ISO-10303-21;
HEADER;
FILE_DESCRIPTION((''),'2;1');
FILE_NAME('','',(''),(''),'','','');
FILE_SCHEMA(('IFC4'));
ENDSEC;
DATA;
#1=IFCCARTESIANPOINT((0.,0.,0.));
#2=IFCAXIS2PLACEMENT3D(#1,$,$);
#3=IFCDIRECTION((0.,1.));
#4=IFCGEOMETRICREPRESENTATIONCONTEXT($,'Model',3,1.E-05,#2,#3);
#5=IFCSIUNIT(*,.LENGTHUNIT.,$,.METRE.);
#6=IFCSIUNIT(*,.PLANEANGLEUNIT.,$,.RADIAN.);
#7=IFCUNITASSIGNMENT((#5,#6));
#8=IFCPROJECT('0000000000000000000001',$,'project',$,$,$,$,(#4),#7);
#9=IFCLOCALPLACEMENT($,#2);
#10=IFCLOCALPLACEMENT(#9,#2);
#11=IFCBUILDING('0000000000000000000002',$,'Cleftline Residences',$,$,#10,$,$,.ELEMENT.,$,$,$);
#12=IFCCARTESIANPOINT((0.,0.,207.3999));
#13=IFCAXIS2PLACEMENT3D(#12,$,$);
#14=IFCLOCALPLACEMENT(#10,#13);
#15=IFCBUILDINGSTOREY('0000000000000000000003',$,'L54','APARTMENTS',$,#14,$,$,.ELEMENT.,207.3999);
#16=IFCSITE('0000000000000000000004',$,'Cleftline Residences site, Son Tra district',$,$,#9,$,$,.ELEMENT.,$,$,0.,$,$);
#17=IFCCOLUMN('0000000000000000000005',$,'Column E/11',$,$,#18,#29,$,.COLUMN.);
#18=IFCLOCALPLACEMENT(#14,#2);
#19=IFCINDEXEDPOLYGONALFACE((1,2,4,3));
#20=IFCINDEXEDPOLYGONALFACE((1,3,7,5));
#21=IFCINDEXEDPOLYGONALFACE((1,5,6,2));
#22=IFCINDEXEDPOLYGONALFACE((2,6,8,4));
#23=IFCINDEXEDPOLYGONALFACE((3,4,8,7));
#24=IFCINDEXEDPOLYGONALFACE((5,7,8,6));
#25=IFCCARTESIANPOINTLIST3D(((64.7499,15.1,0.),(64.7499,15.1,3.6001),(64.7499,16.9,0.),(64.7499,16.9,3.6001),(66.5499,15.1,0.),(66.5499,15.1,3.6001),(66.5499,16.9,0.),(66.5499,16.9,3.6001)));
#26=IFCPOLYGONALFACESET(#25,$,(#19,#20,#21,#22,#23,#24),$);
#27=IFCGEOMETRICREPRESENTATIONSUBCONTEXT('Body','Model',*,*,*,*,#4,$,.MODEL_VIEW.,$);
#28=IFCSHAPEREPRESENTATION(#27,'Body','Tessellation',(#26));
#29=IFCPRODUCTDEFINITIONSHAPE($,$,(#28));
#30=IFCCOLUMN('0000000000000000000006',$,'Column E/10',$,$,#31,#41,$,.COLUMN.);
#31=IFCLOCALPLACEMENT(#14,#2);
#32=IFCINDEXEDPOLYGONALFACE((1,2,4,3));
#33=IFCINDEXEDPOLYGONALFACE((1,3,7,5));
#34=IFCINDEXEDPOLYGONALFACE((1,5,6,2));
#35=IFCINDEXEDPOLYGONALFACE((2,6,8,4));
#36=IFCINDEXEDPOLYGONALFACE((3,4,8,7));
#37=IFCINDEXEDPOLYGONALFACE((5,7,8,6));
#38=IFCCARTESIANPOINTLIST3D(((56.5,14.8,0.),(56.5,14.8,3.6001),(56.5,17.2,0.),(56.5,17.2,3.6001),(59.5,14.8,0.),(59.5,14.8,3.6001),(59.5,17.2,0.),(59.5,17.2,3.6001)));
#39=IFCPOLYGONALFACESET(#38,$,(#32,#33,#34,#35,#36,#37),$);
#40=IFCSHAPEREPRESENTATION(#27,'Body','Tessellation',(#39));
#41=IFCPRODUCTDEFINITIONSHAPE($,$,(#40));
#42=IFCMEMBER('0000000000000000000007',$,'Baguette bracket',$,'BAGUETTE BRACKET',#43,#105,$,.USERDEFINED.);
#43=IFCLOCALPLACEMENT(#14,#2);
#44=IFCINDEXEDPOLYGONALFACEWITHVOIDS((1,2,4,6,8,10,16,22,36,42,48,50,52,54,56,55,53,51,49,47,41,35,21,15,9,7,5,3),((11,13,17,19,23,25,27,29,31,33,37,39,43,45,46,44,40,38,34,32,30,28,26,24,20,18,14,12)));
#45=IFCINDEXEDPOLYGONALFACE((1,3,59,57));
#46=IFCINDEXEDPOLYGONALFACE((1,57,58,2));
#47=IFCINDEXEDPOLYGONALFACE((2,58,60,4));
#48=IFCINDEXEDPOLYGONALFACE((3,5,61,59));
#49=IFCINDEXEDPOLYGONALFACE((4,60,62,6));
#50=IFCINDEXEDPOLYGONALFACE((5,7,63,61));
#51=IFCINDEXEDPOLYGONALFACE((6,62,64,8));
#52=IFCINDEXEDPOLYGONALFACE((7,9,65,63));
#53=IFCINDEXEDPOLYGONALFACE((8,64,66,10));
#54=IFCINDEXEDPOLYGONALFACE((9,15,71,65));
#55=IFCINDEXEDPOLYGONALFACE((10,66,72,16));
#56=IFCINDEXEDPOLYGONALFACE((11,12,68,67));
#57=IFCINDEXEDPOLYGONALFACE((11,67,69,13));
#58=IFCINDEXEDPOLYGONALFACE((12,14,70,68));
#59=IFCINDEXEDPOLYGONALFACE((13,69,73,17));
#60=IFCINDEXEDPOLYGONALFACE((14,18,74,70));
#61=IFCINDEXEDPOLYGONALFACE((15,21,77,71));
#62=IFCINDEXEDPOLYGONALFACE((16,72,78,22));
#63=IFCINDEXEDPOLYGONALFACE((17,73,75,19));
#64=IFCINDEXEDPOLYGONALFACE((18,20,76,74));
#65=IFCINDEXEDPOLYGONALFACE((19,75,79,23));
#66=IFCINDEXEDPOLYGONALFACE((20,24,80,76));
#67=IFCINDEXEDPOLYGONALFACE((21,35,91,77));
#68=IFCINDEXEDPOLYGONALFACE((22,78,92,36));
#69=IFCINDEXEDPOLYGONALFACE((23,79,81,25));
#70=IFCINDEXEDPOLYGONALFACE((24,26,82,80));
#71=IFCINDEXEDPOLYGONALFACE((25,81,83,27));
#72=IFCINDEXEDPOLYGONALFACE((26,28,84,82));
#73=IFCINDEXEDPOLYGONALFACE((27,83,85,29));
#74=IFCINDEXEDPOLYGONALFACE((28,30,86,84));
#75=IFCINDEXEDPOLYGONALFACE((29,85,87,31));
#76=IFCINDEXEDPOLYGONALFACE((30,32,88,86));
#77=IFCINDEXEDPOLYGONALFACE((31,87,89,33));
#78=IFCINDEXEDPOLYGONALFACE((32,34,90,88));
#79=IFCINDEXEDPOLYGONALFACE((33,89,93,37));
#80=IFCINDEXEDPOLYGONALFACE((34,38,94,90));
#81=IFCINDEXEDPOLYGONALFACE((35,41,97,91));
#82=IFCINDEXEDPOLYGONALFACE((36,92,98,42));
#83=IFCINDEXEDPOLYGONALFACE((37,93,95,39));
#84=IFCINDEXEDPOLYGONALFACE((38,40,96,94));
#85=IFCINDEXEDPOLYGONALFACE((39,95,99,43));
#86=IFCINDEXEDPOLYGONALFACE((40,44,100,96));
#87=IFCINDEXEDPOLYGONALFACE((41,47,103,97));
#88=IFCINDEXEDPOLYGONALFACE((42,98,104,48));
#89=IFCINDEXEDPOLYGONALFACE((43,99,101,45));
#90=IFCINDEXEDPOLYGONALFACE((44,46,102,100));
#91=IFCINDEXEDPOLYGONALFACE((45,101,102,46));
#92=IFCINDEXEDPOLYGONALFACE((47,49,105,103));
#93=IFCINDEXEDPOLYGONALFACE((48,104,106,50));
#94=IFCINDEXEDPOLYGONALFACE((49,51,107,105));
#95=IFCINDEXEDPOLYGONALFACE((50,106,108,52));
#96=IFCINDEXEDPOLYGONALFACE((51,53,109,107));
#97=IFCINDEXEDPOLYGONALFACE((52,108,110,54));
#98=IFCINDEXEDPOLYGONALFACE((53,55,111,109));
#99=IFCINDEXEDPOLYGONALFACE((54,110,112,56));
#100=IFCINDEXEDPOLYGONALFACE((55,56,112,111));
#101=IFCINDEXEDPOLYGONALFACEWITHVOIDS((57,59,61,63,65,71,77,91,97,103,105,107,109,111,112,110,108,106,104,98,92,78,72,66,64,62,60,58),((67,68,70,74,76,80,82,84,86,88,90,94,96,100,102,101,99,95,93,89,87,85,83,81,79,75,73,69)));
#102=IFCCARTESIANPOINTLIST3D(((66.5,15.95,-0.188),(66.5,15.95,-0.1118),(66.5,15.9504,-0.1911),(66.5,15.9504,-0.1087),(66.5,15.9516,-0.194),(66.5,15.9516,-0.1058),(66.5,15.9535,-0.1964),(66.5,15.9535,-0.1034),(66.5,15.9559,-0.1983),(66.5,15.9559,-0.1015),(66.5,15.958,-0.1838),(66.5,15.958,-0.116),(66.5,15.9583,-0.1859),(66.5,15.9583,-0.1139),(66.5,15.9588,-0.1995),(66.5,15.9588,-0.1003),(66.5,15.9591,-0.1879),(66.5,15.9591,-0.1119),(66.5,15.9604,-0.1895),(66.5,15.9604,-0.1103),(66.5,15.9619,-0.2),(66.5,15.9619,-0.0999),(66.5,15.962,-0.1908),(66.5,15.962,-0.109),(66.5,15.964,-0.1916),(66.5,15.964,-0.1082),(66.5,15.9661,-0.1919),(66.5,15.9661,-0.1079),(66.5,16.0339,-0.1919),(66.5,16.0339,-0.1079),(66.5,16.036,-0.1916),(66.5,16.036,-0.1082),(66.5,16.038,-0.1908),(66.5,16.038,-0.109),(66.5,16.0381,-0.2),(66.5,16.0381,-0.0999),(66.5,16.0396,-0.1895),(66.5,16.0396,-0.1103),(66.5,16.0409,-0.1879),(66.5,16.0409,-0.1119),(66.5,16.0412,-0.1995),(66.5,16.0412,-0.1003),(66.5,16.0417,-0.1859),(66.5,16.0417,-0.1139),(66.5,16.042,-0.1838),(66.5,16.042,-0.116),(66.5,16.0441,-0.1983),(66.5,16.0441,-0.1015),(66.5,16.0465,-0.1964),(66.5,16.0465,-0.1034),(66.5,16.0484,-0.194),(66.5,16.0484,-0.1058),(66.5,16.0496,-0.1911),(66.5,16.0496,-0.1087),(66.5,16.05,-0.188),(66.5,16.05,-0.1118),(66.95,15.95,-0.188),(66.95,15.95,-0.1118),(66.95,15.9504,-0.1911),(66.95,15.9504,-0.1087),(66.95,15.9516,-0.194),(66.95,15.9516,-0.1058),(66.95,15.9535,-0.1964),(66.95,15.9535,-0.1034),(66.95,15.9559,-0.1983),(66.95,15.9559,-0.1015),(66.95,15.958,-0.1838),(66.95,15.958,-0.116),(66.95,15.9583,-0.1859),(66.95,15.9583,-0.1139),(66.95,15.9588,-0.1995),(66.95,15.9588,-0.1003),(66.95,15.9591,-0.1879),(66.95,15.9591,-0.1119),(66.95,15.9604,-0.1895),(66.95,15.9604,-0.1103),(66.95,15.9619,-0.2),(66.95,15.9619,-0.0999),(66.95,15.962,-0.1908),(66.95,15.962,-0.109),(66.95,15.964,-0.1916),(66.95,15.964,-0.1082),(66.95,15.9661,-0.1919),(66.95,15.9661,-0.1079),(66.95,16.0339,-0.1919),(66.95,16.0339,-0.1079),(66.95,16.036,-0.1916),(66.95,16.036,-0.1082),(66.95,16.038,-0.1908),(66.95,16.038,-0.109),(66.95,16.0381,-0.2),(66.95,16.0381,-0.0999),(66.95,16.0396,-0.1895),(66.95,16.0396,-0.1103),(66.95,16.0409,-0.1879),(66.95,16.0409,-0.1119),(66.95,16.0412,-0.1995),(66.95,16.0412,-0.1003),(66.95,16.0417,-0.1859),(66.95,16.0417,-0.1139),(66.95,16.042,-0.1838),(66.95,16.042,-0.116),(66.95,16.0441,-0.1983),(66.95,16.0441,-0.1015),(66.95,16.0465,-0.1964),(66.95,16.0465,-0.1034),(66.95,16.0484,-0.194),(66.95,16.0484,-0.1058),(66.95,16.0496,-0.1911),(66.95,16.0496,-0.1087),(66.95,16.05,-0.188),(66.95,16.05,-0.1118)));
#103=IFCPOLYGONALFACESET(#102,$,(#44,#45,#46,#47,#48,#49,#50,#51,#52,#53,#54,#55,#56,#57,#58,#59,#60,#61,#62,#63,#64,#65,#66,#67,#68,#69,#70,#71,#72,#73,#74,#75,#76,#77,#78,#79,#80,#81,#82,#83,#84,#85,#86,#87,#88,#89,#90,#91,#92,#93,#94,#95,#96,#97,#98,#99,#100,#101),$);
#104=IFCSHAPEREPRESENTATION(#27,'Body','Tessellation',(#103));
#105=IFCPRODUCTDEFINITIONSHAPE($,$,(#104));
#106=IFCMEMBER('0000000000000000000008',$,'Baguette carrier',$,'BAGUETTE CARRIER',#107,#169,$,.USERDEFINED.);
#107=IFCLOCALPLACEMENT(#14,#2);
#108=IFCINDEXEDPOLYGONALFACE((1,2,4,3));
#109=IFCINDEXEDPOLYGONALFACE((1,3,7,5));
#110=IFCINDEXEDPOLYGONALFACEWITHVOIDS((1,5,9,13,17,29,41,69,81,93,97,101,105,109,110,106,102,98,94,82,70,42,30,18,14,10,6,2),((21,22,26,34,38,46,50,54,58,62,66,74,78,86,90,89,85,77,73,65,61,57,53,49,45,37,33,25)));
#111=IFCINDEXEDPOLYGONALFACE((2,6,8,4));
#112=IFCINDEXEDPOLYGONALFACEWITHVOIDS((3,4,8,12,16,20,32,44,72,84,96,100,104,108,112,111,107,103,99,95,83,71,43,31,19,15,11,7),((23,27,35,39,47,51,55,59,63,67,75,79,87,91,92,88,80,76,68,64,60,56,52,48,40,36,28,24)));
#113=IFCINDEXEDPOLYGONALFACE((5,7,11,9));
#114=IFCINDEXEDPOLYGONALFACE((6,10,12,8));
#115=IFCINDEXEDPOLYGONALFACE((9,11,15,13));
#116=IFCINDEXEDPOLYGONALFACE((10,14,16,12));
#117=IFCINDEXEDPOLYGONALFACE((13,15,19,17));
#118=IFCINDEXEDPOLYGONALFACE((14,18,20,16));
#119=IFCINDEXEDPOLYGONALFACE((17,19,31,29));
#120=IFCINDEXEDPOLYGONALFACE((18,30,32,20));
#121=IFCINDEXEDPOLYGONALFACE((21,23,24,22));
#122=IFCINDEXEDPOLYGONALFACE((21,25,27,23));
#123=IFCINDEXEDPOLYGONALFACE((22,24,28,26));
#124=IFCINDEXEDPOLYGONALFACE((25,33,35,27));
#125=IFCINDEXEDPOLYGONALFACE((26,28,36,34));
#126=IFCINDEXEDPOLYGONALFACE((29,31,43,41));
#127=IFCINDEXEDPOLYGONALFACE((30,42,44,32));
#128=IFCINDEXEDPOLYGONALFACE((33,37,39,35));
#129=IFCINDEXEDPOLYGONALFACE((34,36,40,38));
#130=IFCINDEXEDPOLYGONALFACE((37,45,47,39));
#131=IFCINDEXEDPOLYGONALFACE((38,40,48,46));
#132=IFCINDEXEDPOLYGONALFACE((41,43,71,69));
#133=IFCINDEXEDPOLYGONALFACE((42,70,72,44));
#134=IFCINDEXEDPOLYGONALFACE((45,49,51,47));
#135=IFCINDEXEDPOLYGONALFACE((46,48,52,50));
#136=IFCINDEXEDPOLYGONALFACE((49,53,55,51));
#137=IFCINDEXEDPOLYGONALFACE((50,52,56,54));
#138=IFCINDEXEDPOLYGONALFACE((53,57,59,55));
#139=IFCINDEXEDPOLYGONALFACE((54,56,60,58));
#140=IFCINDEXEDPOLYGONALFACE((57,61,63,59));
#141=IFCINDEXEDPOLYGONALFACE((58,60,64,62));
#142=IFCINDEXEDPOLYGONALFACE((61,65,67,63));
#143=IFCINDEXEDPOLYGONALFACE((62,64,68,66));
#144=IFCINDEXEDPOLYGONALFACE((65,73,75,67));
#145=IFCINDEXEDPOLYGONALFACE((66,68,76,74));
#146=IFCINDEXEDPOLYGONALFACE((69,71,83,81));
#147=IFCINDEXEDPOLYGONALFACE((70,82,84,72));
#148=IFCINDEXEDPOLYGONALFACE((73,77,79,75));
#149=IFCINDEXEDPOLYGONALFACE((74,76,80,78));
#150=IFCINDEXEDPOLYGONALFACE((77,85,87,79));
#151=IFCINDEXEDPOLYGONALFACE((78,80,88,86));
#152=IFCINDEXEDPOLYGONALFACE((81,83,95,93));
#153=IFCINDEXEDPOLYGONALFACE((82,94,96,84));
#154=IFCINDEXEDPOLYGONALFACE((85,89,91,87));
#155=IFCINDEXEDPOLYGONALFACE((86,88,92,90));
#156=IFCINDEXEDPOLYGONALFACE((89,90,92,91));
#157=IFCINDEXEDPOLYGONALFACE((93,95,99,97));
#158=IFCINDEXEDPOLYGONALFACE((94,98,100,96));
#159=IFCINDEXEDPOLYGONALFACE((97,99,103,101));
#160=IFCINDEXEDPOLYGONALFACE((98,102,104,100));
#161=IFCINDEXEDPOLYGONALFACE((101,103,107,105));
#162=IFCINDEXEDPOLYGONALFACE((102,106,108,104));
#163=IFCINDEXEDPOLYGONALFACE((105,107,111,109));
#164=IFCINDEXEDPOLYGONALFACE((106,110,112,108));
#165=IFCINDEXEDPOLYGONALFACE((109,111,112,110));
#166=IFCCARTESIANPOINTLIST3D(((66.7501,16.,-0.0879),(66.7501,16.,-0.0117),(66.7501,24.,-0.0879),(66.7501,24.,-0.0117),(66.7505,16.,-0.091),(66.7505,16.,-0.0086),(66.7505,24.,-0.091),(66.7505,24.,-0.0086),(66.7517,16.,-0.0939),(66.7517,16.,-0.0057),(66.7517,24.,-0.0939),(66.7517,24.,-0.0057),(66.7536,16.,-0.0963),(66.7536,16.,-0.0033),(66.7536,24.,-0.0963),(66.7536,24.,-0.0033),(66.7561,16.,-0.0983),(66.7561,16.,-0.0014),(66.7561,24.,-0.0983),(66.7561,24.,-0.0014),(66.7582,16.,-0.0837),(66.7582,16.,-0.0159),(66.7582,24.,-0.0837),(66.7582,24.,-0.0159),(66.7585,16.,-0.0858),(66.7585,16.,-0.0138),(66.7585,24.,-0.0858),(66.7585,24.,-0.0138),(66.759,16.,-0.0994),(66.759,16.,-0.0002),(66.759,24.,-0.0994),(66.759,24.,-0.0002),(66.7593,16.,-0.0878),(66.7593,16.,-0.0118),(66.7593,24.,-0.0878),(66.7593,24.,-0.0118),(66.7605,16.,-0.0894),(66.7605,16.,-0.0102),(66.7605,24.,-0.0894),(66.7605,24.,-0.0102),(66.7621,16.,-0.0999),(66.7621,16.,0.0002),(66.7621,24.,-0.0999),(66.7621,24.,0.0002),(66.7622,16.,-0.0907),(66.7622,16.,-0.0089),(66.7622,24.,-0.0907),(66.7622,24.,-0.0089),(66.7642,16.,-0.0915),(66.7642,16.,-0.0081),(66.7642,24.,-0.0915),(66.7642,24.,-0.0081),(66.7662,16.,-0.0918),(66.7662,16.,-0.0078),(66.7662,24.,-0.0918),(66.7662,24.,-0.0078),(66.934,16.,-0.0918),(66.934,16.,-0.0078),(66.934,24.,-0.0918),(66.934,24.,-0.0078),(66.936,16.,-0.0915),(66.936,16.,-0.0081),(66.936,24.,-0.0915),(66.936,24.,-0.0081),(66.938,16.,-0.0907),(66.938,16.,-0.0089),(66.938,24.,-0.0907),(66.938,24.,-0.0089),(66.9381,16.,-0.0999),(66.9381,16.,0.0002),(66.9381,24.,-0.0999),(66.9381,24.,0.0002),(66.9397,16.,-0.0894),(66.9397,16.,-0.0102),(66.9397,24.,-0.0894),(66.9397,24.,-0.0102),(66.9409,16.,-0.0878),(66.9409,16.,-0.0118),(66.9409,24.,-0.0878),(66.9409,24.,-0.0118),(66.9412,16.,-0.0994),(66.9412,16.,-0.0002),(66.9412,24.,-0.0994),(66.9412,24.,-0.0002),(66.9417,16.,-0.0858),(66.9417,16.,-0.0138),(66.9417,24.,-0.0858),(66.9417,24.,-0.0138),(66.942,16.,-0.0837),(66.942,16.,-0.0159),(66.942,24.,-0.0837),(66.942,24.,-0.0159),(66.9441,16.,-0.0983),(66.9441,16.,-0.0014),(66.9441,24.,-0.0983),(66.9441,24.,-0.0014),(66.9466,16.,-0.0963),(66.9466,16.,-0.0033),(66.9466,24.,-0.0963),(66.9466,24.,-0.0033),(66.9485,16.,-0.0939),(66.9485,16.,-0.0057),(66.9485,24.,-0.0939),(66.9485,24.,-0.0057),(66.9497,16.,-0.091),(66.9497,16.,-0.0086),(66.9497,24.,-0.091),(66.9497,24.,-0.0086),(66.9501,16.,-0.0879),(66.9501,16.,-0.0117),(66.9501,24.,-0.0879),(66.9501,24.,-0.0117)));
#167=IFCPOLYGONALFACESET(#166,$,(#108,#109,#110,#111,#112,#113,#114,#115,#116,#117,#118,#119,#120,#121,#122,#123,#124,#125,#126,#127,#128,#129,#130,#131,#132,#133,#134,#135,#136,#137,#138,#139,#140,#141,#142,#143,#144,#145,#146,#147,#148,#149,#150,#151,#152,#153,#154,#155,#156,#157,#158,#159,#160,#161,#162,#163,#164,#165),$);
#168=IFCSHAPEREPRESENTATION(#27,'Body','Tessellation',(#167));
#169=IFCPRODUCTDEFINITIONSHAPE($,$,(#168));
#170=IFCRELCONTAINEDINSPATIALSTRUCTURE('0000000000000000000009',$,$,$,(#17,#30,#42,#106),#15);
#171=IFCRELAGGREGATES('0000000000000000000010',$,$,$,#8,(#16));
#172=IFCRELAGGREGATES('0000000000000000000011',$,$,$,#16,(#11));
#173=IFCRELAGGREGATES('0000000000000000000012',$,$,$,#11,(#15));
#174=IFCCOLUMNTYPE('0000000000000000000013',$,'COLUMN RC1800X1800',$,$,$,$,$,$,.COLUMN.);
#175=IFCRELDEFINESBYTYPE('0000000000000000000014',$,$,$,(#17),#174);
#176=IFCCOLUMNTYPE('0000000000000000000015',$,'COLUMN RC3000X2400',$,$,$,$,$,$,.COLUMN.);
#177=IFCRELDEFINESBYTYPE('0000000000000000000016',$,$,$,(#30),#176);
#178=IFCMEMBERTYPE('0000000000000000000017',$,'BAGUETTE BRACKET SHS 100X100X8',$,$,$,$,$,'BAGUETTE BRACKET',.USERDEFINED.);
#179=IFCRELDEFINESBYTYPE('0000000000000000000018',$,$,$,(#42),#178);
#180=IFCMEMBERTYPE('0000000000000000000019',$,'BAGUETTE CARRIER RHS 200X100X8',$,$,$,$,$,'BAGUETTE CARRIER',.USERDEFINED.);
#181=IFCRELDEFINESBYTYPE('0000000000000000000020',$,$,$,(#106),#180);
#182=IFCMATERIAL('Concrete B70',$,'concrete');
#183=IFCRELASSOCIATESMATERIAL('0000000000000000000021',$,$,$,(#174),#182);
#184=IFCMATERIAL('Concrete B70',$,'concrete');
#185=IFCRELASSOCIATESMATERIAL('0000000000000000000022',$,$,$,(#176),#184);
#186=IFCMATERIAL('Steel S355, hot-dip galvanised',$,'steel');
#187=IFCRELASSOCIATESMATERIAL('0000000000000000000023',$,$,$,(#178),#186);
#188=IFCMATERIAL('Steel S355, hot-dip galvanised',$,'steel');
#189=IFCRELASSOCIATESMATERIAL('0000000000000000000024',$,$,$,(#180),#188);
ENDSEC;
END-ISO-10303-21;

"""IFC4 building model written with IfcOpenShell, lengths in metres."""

from ifc_helpers import new_model, si_unit, direction, frame, origin, origin_2d, place, context, subcontext, project, spatial, rectangle, hollow_rectangle, extrude, material, material_profile, profile_set, type_object, element, save


model = new_model("IFC4")

# Units and contexts
model_context = context("Model", 3, precision=1e-05, world=origin(), true_north=direction((0.0, 1.0)))
body_context = subcontext(model_context, "Body", "Model", "MODEL_VIEW")
ifc_project = project(units=[si_unit("LENGTHUNIT", "METRE"), si_unit("PLANEANGLEUNIT", "RADIAN")], contexts=[model_context])

# Site, building, storey
site_placement = place(None, origin())
site = spatial("IfcSite", under=ifc_project, at=site_placement, Name="Cleftline Residences site, Son Tra district", CompositionType="ELEMENT", RefElevation=0.0)
building_placement = place(site_placement, origin())
building = spatial("IfcBuilding", under=site, at=building_placement, Name="Cleftline Residences", CompositionType="ELEMENT")
storey_placement = place(building_placement, frame((0.0, 0.0, 207.3999)))
storey = spatial("IfcBuildingStorey", under=building, at=storey_placement, Name="L54", Description="APARTMENTS", CompositionType="ELEMENT", Elevation=207.3999)

# Columns
ifc_material_1 = material(Name="Concrete B70", Category="concrete")
ifc_material_profile_1 = material_profile(ifc_material_1, rectangle(XDim=1.8, YDim=1.8, at=origin_2d()))
ifc_profile_set_1 = profile_set([ifc_material_profile_1], Name="Concrete B70")
column_type_1 = type_object("IfcColumnType", Name="COLUMN RC1800X1800", PredefinedType="COLUMN", material=ifc_profile_set_1)
column_1_placement = place(storey_placement, frame((65.6499, 16.0, 0.0), z_axis=(0.0, 0.0, 1.0), x_axis=(1.0, 0.0, 0.0)))
element("IfcColumn", 1, at=column_1_placement, inside=storey, type_object=column_type_1, Name="Column E/11", PredefinedType="COLUMN", context=body_context, shape_type="SweptSolid", body=[
    extrude(rectangle(XDim=1.8, YDim=1.8, at=origin_2d()), origin(), (0.0, 0.0, 1.0), 3.6001),
])
ifc_material_2 = material(Name="Concrete B70", Category="concrete")
ifc_material_profile_2 = material_profile(ifc_material_2, rectangle(XDim=3.0, YDim=2.3999, at=origin_2d()))
ifc_profile_set_2 = profile_set([ifc_material_profile_2], Name="Concrete B70")
column_type_2 = type_object("IfcColumnType", Name="COLUMN RC3000X2400", PredefinedType="COLUMN", material=ifc_profile_set_2)
column_2_placement = place(storey_placement, frame((58.0, 16.0, 0.0), z_axis=(0.0, 0.0, 1.0), x_axis=(1.0, 0.0, 0.0)))
element("IfcColumn", 2, at=column_2_placement, inside=storey, type_object=column_type_2, Name="Column E/10", PredefinedType="COLUMN", context=body_context, shape_type="SweptSolid", body=[
    extrude(rectangle(XDim=3.0, YDim=2.3999, at=origin_2d()), origin(), (0.0, 0.0, 1.0), 3.6001),
])

# Members
ifc_material_3 = material(Name="Steel S355, hot-dip galvanised", Category="steel")
ifc_material_profile_3 = material_profile(ifc_material_3, hollow_rectangle(XDim=0.1001, YDim=0.1001, WallThickness=0.0081, InnerFilletRadius=0.0081, OuterFilletRadius=0.012, at=origin_2d()))
ifc_profile_set_3 = profile_set([ifc_material_profile_3], Name="Steel S355, hot-dip galvanised")
member_type_1 = type_object("IfcMemberType", Name="BAGUETTE BRACKET SHS 100X100X8", ElementType="BAGUETTE BRACKET", PredefinedType="USERDEFINED", material=ifc_profile_set_3)
member_1_placement = place(storey_placement, frame((66.5, 16.0, -0.1499), z_axis=(1.0, 0.0, 0.0), x_axis=(0.0, 1.0, 0.0)))
element("IfcMember", 3, at=member_1_placement, inside=storey, type_object=member_type_1, Name="Baguette bracket", ObjectType="BAGUETTE BRACKET", PredefinedType="USERDEFINED", context=body_context, shape_type="SweptSolid", body=[
    extrude(hollow_rectangle(XDim=0.1001, YDim=0.1001, WallThickness=0.0081, InnerFilletRadius=0.0081, OuterFilletRadius=0.012, at=origin_2d()), origin(), (0.0, 0.0, 1.0), 0.45),
])
ifc_material_4 = material(Name="Steel S355, hot-dip galvanised", Category="steel")
ifc_material_profile_4 = material_profile(ifc_material_4, hollow_rectangle(XDim=0.1001, YDim=0.2, WallThickness=0.0081, InnerFilletRadius=0.0081, OuterFilletRadius=0.012, at=origin_2d()))
ifc_profile_set_4 = profile_set([ifc_material_profile_4], Name="Steel S355, hot-dip galvanised")
member_type_2 = type_object("IfcMemberType", Name="BAGUETTE CARRIER RHS 200X100X8", ElementType="BAGUETTE CARRIER", PredefinedType="USERDEFINED", material=ifc_profile_set_4)
member_2_placement = place(storey_placement, frame((66.8501, 16.0, -0.0498), z_axis=(0.0, 1.0, 0.0), x_axis=(0.0, 0.0, 1.0)))
element("IfcMember", 4, at=member_2_placement, inside=storey, type_object=member_type_2, Name="Baguette carrier", ObjectType="BAGUETTE CARRIER", PredefinedType="USERDEFINED", context=body_context, shape_type="SweptSolid", body=[
    extrude(hollow_rectangle(XDim=0.1001, YDim=0.2, WallThickness=0.0081, InnerFilletRadius=0.0081, OuterFilletRadius=0.012, at=origin_2d()), origin(), (0.0, 0.0, 1.0), 8.0),
])

save(model, "model.ifc")
